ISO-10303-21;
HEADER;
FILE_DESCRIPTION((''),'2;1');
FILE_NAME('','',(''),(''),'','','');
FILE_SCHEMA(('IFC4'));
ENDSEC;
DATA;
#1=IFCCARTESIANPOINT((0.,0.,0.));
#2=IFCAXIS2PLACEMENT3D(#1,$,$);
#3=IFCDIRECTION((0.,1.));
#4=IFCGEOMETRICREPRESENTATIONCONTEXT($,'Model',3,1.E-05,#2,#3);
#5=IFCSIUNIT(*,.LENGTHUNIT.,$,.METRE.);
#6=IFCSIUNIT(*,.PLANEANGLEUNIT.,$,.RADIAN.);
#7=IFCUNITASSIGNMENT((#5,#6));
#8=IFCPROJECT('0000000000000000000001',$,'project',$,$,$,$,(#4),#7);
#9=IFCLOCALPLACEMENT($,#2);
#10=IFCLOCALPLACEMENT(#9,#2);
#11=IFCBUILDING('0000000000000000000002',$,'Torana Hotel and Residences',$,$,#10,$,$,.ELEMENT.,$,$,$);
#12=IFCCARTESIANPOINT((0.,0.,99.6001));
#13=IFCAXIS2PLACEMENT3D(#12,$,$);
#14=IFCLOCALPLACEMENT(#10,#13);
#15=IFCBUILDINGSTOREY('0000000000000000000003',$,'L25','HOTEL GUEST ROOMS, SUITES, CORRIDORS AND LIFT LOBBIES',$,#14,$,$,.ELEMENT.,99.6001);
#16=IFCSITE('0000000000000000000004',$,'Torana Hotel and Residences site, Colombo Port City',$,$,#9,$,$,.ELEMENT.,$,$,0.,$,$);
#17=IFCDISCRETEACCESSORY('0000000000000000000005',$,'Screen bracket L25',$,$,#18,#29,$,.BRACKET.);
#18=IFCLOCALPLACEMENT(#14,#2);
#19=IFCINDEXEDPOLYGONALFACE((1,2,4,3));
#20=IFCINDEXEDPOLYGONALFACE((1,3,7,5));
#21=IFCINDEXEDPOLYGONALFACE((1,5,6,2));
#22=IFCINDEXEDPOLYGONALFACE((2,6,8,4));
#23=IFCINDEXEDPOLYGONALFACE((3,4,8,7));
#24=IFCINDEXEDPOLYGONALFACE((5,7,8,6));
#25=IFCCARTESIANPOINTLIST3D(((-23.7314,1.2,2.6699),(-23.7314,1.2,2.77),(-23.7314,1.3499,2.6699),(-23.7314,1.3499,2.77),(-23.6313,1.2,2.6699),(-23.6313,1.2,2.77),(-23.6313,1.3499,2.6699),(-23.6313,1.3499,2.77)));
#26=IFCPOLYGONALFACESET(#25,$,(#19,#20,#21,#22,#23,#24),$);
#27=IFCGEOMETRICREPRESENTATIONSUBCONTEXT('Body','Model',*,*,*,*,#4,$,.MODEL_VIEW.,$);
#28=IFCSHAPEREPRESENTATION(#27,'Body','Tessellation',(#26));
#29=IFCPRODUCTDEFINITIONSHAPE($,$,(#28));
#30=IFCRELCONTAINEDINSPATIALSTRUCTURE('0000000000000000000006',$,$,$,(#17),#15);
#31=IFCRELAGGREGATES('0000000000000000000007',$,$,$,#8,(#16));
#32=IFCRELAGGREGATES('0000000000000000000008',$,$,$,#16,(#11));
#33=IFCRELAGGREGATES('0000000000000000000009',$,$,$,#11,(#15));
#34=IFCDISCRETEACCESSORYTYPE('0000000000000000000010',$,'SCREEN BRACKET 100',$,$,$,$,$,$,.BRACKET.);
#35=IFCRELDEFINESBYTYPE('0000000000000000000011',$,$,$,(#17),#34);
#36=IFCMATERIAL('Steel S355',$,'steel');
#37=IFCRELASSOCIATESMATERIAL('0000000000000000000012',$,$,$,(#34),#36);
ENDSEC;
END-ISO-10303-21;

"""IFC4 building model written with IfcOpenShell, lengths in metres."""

from ifc_helpers import new_model, si_unit, direction, frame, origin, origin_2d, place, context, subcontext, project, spatial, rectangle, extrude, material, type_object, element, save


model = new_model("IFC4")

# Units and contexts
model_context = context("Model", 3, precision=1e-05, world=origin(), true_north=direction((0.0, 1.0)))
body_context = subcontext(model_context, "Body", "Model", "MODEL_VIEW")
ifc_project = project(units=[si_unit("LENGTHUNIT", "METRE"), si_unit("PLANEANGLEUNIT", "RADIAN")], contexts=[model_context])

# Site, building, storey
site_placement = place(None, origin())
site = spatial("IfcSite", under=ifc_project, at=site_placement, Name="Torana Hotel and Residences site, Colombo Port City", CompositionType="ELEMENT", RefElevation=0.0)
building_placement = place(site_placement, origin())
building = spatial("IfcBuilding", under=site, at=building_placement, Name="Torana Hotel and Residences", CompositionType="ELEMENT")
storey_placement = place(building_placement, frame((0.0, 0.0, 99.6001)))
storey = spatial("IfcBuildingStorey", under=building, at=storey_placement, Name="L25", Description="HOTEL GUEST ROOMS, SUITES, CORRIDORS AND LIFT LOBBIES", CompositionType="ELEMENT", Elevation=99.6001)

# Discrete accessory
ifc_material_1 = material(Name="Steel S355", Category="steel")
discrete_accessory_type = type_object("IfcDiscreteAccessoryType", Name="SCREEN BRACKET 100", PredefinedType="BRACKET", material=ifc_material_1)
for number, where, z_axis, x_axis, name in (
    (1, (-23.6814, 1.2749, 2.6699), (0.0, 0.0, 1.0), (-1.0, 0.0, 0.0), "Screen bracket L25"),
):
    element("IfcDiscreteAccessory", number, at=place(storey_placement, frame(where, z_axis=z_axis, x_axis=x_axis)), inside=storey, type_object=discrete_accessory_type, Name=name, PredefinedType="BRACKET", context=body_context, shape_type="SweptSolid", body=[
        extrude(rectangle(XDim=0.1001, YDim=0.1499, at=origin_2d()), origin(), (0.0, 0.0, 1.0), 0.1001),
    ])

save(model, "model.ifc")
